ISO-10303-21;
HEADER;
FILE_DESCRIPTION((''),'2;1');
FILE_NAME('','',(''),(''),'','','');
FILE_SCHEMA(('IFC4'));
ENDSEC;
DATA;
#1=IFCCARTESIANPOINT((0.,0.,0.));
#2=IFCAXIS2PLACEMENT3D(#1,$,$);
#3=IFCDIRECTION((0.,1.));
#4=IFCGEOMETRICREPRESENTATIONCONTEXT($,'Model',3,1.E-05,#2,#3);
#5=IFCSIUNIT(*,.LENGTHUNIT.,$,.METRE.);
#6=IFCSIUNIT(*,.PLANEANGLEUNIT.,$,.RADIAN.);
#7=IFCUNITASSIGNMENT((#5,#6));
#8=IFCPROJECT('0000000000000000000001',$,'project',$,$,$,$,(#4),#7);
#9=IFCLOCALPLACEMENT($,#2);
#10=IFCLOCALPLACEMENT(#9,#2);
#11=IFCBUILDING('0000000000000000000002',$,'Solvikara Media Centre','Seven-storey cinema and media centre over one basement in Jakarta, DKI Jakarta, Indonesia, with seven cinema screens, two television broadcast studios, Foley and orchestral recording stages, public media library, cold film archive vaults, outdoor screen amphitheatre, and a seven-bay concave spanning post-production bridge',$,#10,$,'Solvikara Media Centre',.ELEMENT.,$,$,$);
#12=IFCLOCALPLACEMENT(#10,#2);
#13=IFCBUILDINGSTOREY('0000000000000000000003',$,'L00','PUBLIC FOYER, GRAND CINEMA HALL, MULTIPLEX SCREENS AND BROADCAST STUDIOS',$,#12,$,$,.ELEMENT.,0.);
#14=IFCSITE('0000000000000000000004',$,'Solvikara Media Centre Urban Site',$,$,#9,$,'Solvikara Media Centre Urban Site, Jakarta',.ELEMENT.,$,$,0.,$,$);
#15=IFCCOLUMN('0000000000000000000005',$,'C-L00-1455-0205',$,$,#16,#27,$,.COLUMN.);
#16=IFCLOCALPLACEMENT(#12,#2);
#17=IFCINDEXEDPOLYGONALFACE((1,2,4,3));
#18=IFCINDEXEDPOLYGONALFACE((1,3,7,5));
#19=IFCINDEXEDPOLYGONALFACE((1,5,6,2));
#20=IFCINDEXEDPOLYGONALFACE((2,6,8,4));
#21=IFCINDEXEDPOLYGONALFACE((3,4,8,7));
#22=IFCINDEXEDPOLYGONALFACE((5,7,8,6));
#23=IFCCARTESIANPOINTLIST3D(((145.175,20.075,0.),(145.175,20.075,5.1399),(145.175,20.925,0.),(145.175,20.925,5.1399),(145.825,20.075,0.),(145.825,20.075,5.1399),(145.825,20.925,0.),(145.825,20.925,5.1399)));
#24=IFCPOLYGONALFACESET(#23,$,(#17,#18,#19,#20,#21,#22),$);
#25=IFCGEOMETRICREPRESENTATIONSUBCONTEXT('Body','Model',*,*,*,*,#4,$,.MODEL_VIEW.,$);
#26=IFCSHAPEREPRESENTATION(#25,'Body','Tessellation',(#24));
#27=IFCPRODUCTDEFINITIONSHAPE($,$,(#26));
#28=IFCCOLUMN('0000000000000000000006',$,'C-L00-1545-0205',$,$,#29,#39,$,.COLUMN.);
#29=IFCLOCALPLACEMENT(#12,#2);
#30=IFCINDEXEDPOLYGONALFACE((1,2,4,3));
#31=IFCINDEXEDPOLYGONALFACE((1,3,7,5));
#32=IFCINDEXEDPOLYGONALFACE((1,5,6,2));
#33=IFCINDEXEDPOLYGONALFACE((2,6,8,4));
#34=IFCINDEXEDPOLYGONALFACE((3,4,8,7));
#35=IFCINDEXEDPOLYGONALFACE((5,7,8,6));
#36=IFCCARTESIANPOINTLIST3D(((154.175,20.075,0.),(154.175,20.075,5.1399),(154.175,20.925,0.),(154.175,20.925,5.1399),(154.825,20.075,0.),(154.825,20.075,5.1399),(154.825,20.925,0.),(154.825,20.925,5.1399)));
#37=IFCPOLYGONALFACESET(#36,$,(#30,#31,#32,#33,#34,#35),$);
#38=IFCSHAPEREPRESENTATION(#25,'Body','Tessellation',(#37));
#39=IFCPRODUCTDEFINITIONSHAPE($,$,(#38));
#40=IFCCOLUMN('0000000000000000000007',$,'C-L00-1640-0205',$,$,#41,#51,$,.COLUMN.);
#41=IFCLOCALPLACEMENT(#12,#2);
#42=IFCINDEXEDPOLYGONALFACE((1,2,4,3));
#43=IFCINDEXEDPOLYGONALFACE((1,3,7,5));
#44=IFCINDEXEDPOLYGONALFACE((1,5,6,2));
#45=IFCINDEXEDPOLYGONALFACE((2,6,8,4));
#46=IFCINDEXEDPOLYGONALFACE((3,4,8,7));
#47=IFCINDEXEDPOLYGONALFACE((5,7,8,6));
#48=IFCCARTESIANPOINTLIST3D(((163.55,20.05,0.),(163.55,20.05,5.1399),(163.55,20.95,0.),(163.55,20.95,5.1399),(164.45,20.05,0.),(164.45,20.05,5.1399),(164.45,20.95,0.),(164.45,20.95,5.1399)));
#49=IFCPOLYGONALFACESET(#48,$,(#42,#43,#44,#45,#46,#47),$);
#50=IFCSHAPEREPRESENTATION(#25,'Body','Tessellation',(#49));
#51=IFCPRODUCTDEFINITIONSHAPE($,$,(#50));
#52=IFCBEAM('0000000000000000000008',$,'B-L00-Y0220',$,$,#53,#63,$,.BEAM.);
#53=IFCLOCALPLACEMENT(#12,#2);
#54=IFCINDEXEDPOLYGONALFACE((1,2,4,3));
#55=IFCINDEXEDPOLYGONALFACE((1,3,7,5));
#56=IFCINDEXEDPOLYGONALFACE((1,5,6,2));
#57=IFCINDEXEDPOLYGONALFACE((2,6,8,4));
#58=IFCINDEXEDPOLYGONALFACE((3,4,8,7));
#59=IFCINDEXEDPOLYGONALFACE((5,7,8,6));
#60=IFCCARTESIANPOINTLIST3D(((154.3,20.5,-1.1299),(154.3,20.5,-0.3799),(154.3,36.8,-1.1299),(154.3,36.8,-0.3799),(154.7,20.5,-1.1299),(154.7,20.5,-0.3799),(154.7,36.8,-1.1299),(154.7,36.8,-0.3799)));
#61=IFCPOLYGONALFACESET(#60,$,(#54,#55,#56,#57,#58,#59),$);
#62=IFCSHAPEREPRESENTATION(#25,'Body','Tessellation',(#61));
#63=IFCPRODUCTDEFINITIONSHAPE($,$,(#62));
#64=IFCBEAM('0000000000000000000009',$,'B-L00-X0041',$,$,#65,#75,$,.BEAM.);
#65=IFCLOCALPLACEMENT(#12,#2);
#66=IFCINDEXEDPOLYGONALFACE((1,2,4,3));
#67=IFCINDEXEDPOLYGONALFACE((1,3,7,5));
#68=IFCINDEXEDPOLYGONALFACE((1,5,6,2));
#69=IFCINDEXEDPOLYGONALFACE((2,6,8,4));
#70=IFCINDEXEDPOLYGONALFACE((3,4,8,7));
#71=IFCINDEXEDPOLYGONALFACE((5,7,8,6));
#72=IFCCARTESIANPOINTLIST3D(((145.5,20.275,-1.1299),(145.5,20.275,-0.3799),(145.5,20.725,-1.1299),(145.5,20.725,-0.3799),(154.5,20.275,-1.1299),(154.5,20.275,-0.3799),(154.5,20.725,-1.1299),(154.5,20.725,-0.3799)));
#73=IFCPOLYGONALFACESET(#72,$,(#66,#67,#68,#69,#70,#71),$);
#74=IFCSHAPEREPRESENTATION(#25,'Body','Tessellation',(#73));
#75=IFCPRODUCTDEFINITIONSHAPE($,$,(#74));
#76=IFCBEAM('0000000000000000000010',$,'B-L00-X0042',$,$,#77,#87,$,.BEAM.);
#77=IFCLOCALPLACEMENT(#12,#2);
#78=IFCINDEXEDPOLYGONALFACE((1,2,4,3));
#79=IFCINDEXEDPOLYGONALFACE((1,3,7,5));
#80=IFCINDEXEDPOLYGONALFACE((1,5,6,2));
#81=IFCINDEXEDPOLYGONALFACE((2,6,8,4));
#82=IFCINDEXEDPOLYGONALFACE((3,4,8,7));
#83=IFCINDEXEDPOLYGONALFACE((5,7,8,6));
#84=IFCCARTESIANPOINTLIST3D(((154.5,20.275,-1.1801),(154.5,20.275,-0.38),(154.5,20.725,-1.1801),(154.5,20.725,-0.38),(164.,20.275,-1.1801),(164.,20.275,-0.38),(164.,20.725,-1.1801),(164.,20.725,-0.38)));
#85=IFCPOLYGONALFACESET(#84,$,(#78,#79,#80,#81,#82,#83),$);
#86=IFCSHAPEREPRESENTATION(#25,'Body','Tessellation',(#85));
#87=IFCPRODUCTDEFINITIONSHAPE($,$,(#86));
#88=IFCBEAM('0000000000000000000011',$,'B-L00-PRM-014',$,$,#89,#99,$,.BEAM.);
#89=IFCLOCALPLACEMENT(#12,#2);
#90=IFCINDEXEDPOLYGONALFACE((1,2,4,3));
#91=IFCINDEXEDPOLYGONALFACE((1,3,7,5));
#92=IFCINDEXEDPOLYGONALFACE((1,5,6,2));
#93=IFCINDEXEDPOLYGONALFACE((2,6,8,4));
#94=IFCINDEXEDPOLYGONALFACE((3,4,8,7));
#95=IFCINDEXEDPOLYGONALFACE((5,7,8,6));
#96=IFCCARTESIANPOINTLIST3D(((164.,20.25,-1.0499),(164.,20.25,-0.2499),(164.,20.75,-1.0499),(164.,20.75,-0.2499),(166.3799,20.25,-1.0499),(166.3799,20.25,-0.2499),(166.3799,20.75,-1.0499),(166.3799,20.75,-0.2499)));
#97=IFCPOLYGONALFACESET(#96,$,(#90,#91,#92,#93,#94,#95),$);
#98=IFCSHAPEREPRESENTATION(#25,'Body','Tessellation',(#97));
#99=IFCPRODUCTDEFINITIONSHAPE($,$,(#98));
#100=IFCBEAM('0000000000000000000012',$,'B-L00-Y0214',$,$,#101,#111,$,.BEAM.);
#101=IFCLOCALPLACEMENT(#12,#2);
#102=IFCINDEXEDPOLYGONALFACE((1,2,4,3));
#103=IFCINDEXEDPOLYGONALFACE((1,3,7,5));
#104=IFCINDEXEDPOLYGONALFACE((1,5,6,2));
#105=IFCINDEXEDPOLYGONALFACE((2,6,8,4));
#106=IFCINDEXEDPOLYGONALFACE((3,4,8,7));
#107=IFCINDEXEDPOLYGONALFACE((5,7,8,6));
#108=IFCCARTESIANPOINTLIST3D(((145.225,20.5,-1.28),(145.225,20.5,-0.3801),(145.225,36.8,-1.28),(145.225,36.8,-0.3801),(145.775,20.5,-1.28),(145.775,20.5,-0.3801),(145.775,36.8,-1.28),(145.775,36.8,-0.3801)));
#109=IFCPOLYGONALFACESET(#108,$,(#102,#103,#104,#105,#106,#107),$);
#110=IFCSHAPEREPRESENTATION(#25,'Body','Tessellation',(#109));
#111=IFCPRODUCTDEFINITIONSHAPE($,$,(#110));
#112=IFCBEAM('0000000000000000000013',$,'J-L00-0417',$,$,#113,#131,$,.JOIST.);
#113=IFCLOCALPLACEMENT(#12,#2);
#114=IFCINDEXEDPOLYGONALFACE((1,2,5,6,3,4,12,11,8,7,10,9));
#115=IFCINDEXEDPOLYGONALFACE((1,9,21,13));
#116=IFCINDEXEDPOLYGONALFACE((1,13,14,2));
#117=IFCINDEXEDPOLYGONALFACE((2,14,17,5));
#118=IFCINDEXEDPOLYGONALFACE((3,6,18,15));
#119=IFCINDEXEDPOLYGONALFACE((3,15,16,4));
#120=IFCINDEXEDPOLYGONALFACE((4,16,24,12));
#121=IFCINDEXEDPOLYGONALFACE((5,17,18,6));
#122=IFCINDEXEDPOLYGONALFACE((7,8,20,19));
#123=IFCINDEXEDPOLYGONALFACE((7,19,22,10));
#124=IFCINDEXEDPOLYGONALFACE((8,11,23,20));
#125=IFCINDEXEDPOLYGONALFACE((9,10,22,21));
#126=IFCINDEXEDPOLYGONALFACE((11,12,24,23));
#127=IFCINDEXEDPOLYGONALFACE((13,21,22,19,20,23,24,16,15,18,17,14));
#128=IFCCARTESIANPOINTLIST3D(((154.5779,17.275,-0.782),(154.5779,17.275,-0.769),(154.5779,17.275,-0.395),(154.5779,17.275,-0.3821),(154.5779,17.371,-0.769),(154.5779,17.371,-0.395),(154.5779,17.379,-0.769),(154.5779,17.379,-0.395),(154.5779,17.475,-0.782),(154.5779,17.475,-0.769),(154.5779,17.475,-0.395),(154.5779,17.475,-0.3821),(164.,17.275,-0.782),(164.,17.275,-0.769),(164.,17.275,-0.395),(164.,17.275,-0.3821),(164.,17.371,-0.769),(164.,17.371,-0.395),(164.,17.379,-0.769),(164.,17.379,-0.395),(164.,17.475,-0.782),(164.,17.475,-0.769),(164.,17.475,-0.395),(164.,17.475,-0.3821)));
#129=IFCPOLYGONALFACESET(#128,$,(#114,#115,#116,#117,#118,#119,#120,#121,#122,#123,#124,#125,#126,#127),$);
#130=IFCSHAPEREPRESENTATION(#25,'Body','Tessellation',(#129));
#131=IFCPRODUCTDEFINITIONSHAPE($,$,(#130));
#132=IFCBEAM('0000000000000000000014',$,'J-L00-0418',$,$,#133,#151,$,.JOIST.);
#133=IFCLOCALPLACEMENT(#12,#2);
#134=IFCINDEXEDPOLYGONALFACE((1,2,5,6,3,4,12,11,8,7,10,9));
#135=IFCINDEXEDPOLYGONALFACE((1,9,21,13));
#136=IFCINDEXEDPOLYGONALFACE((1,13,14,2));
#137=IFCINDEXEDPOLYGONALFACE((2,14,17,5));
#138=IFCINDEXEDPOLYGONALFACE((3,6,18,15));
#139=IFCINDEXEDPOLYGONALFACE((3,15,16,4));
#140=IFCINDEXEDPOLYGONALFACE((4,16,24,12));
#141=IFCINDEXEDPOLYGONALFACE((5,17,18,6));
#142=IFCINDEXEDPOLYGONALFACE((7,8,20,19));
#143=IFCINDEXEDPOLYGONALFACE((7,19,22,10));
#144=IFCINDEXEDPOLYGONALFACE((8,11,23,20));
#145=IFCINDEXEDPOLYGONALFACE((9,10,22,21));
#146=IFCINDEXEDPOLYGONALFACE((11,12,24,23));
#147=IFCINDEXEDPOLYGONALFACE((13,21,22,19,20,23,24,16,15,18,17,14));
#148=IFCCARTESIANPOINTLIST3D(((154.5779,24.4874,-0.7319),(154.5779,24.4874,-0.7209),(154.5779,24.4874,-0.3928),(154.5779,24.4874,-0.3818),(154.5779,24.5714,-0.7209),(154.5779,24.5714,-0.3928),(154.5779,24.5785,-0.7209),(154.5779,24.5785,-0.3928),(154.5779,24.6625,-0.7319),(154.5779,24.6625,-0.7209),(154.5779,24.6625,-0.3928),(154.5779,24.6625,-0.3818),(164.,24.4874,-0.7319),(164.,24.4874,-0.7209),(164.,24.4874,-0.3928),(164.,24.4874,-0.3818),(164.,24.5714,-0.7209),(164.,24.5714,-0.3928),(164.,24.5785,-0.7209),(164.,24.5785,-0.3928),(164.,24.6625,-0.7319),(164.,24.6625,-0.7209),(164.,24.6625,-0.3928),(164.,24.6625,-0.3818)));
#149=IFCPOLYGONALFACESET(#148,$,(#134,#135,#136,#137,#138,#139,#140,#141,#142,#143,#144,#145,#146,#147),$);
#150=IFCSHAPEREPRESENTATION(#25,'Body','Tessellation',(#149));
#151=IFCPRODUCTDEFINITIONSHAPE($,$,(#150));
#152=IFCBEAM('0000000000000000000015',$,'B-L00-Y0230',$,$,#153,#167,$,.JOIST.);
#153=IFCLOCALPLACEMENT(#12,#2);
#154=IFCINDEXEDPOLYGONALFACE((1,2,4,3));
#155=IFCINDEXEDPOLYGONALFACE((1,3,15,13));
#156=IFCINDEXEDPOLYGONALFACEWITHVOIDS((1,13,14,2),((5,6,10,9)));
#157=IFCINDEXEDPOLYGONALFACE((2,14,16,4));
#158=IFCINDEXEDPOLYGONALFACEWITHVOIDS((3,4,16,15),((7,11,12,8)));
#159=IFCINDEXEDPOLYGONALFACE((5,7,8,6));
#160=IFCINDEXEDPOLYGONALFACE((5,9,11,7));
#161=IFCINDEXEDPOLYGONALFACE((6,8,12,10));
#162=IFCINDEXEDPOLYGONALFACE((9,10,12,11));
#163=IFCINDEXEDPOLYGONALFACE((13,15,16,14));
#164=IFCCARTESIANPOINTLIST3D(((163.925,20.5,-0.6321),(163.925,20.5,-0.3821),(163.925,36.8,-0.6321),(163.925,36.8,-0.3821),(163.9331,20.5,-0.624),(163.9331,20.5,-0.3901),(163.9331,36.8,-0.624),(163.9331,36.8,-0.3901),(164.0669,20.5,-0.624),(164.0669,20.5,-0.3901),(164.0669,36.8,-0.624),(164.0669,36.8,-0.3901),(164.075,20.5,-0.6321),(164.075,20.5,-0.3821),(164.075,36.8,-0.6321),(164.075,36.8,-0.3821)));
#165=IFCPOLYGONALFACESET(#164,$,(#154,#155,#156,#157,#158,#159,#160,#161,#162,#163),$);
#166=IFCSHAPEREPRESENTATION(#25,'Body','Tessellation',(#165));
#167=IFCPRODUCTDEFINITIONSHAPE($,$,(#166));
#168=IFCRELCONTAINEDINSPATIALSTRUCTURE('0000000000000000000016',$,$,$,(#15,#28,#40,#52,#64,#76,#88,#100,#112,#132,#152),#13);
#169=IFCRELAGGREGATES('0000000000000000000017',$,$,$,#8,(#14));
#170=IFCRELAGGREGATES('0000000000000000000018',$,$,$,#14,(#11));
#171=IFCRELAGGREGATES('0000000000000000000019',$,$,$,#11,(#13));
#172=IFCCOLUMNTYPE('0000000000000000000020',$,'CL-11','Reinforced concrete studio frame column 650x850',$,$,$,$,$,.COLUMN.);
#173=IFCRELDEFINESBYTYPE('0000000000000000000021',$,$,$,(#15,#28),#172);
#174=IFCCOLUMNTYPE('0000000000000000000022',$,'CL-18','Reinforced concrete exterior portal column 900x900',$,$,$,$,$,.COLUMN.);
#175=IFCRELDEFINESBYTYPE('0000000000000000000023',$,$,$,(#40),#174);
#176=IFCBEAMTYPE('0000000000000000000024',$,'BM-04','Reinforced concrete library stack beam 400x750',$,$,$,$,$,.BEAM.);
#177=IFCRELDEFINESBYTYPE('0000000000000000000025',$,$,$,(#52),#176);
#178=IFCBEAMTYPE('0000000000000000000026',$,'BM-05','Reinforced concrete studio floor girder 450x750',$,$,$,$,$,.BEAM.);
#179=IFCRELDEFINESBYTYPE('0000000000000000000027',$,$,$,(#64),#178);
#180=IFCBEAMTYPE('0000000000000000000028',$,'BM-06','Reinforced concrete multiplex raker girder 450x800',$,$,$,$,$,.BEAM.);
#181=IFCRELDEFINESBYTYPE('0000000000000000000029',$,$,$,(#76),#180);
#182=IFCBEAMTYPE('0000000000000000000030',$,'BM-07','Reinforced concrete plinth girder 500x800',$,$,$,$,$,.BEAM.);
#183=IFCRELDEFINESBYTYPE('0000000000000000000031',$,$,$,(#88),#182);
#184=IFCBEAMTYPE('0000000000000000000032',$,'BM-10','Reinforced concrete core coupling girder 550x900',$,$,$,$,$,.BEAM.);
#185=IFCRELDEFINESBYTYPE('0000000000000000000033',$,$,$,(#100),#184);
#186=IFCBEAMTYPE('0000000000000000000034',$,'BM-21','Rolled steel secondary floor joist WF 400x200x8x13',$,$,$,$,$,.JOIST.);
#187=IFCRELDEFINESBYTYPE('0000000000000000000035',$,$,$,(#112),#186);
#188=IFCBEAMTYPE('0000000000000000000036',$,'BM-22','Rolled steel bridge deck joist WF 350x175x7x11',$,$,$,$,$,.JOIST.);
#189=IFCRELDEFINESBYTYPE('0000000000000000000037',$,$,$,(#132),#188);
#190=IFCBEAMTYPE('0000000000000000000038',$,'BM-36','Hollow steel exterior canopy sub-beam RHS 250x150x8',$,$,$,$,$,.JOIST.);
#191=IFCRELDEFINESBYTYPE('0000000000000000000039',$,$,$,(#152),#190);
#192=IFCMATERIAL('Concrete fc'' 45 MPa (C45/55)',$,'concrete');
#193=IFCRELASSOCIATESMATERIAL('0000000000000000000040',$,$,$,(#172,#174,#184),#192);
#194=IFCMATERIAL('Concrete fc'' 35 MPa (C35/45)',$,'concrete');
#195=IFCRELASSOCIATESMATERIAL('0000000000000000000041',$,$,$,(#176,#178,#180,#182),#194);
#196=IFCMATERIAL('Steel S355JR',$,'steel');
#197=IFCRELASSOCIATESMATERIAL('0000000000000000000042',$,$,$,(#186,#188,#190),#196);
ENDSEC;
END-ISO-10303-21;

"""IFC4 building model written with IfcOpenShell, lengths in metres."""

from ifc_helpers import new_model, si_unit, direction, frame, origin, origin_2d, place, context, subcontext, project, spatial, rectangle, hollow_rectangle, i_section, extrude, material, material_profile, profile_set, type_object, element, save


model = new_model("IFC4")

# Units and contexts
model_context = context("Model", 3, precision=1e-05, world=origin(), true_north=direction((0.0, 1.0)))
body_context = subcontext(model_context, "Body", "Model", "MODEL_VIEW")
ifc_project = project(units=[si_unit("LENGTHUNIT", "METRE"), si_unit("PLANEANGLEUNIT", "RADIAN")], contexts=[model_context])

# Site, building, storey
site_placement = place(None, origin())
site = spatial("IfcSite", under=ifc_project, at=site_placement, Name="Solvikara Media Centre Urban Site", LongName="Solvikara Media Centre Urban Site, Jakarta", CompositionType="ELEMENT", RefElevation=0.0)
building_placement = place(site_placement, origin())
building = spatial("IfcBuilding", under=site, at=building_placement, Name="Solvikara Media Centre", Description="Seven-storey cinema and media centre over one basement in Jakarta, DKI Jakarta, Indonesia, with seven cinema screens, two television broadcast studios, Foley and orchestral recording stages, public media library, cold film archive vaults, outdoor screen amphitheatre, and a seven-bay concave spanning post-production bridge", LongName="Solvikara Media Centre", CompositionType="ELEMENT")
storey_placement = place(building_placement, origin())
storey = spatial("IfcBuildingStorey", under=building, at=storey_placement, Name="L00", Description="PUBLIC FOYER, GRAND CINEMA HALL, MULTIPLEX SCREENS AND BROADCAST STUDIOS", CompositionType="ELEMENT", Elevation=0.0)

# Columns
ifc_material_1 = material(Name="Concrete fc' 45 MPa (C45/55)", Category="concrete")
ifc_material_profile_1 = material_profile(ifc_material_1, rectangle(XDim=0.6499, YDim=0.8501, at=origin_2d()), Name="RC 650x850")
ifc_profile_set_1 = profile_set([ifc_material_profile_1], Name="Concrete fc' 45 MPa (C45/55)")
column_type_1 = type_object("IfcColumnType", Name="CL-11", Description="Reinforced concrete studio frame column 650x850", PredefinedType="COLUMN", material=ifc_profile_set_1)
for number, where, z_axis, x_axis, name in (
    (1, (145.5, 20.5, 0.0), (0.0, 0.0, 1.0), (1.0, 0.0, 0.0), "C-L00-1455-0205"),
    (2, (154.5, 20.5, 0.0), (0.0, 0.0, 1.0), (1.0, 0.0, 0.0), "C-L00-1545-0205"),
):
    element("IfcColumn", number, at=place(storey_placement, frame(where, z_axis=z_axis, x_axis=x_axis)), inside=storey, type_object=column_type_1, Name=name, PredefinedType="COLUMN", context=body_context, shape_type="SweptSolid", body=[
        extrude(rectangle(XDim=0.6499, YDim=0.8501, at=origin_2d()), origin(), (0.0, 0.0, 1.0), 5.1399),
    ])
ifc_material_profile_2 = material_profile(ifc_material_1, rectangle(XDim=0.8999, YDim=0.8999, at=origin_2d()), Name="RC 900x900")
ifc_profile_set_2 = profile_set([ifc_material_profile_2], Name="Concrete fc' 45 MPa (C45/55)")
column_type_2 = type_object("IfcColumnType", Name="CL-18", Description="Reinforced concrete exterior portal column 900x900", PredefinedType="COLUMN", material=ifc_profile_set_2)
column_placement = place(storey_placement, frame((164.0, 20.5, 0.0), z_axis=(0.0, 0.0, 1.0), x_axis=(1.0, 0.0, 0.0)))
element("IfcColumn", 3, at=column_placement, inside=storey, type_object=column_type_2, Name="C-L00-1640-0205", PredefinedType="COLUMN", context=body_context, shape_type="SweptSolid", body=[
    extrude(rectangle(XDim=0.8999, YDim=0.8999, at=origin_2d()), origin(), (0.0, 0.0, 1.0), 5.1399),
])

# Beams
ifc_material_2 = material(Name="Concrete fc' 35 MPa (C35/45)", Category="concrete")
ifc_material_profile_3 = material_profile(ifc_material_2, rectangle(XDim=0.3999, YDim=0.75, at=origin_2d()), Name="RC 400x750")
ifc_profile_set_3 = profile_set([ifc_material_profile_3], Name="Concrete fc' 35 MPa (C35/45)")
beam_type_1 = type_object("IfcBeamType", Name="BM-04", Description="Reinforced concrete library stack beam 400x750", PredefinedType="BEAM", material=ifc_profile_set_3)
beam_1_placement = place(storey_placement, frame((154.5, 20.5, -0.7549), z_axis=(0.0, 1.0, 0.0), x_axis=(-1.0, 0.0, 0.0)))
element("IfcBeam", 4, at=beam_1_placement, inside=storey, type_object=beam_type_1, Name="B-L00-Y0220", PredefinedType="BEAM", context=body_context, shape_type="SweptSolid", body=[
    extrude(rectangle(XDim=0.3999, YDim=0.75, at=origin_2d()), origin(), (0.0, 0.0, 1.0), 16.3),
])
ifc_material_profile_4 = material_profile(ifc_material_2, rectangle(XDim=0.45, YDim=0.75, at=origin_2d()), Name="RC 450x750")
ifc_profile_set_4 = profile_set([ifc_material_profile_4], Name="Concrete fc' 35 MPa (C35/45)")
beam_type_2 = type_object("IfcBeamType", Name="BM-05", Description="Reinforced concrete studio floor girder 450x750", PredefinedType="BEAM", material=ifc_profile_set_4)
beam_2_placement = place(storey_placement, frame((145.5, 20.5, -0.7549), z_axis=(1.0, 0.0, 0.0), x_axis=(0.0, 1.0, 0.0)))
element("IfcBeam", 5, at=beam_2_placement, inside=storey, type_object=beam_type_2, Name="B-L00-X0041", PredefinedType="BEAM", context=body_context, shape_type="SweptSolid", body=[
    extrude(rectangle(XDim=0.45, YDim=0.75, at=origin_2d()), origin(), (0.0, 0.0, 1.0), 9.0),
])
ifc_material_profile_5 = material_profile(ifc_material_2, rectangle(XDim=0.45, YDim=0.8, at=origin_2d()), Name="RC 450x800")
ifc_profile_set_5 = profile_set([ifc_material_profile_5], Name="Concrete fc' 35 MPa (C35/45)")
beam_type_3 = type_object("IfcBeamType", Name="BM-06", Description="Reinforced concrete multiplex raker girder 450x800", PredefinedType="BEAM", material=ifc_profile_set_5)
beam_3_placement = place(storey_placement, frame((154.5, 20.5, -0.78), z_axis=(1.0, 0.0, 0.0), x_axis=(0.0, 1.0, 0.0)))
element("IfcBeam", 6, at=beam_3_placement, inside=storey, type_object=beam_type_3, Name="B-L00-X0042", PredefinedType="BEAM", context=body_context, shape_type="SweptSolid", body=[
    extrude(rectangle(XDim=0.45, YDim=0.8, at=origin_2d()), origin(), (0.0, 0.0, 1.0), 9.5),
])
ifc_material_profile_6 = material_profile(ifc_material_2, rectangle(XDim=0.5, YDim=0.8, at=origin_2d()), Name="RC 500x800")
ifc_profile_set_6 = profile_set([ifc_material_profile_6], Name="Concrete fc' 35 MPa (C35/45)")
beam_type_4 = type_object("IfcBeamType", Name="BM-07", Description="Reinforced concrete plinth girder 500x800", PredefinedType="BEAM", material=ifc_profile_set_6)
beam_4_placement = place(storey_placement, frame((164.0, 20.5, -0.6499), z_axis=(1.0, 0.0, 0.0), x_axis=(0.0, 1.0, 0.0)))
element("IfcBeam", 7, at=beam_4_placement, inside=storey, type_object=beam_type_4, Name="B-L00-PRM-014", PredefinedType="BEAM", context=body_context, shape_type="SweptSolid", body=[
    extrude(rectangle(XDim=0.5, YDim=0.8, at=origin_2d()), origin(), (0.0, 0.0, 1.0), 2.3799),
])
ifc_material_profile_7 = material_profile(ifc_material_1, rectangle(XDim=0.55, YDim=0.8999, at=origin_2d()), Name="RC 550x900")
ifc_profile_set_7 = profile_set([ifc_material_profile_7], Name="Concrete fc' 45 MPa (C45/55)")
beam_type_5 = type_object("IfcBeamType", Name="BM-10", Description="Reinforced concrete core coupling girder 550x900", PredefinedType="BEAM", material=ifc_profile_set_7)
beam_5_placement = place(storey_placement, frame((145.5, 20.5, -0.8301), z_axis=(0.0, 1.0, 0.0), x_axis=(-1.0, 0.0, 0.0)))
element("IfcBeam", 8, at=beam_5_placement, inside=storey, type_object=beam_type_5, Name="B-L00-Y0214", PredefinedType="BEAM", context=body_context, shape_type="SweptSolid", body=[
    extrude(rectangle(XDim=0.55, YDim=0.8999, at=origin_2d()), origin(), (0.0, 0.0, 1.0), 16.3),
])
ifc_material_3 = material(Name="Steel S355JR", Category="steel")
ifc_material_profile_8 = material_profile(ifc_material_3, i_section(OverallWidth=0.2, OverallDepth=0.3999, WebThickness=0.0081, FlangeThickness=0.0129, at=origin_2d()), Name="WF 400x200x8x13")
ifc_profile_set_8 = profile_set([ifc_material_profile_8], Name="Steel S355JR")
beam_type_6 = type_object("IfcBeamType", Name="BM-21", Description="Rolled steel secondary floor joist WF 400x200x8x13", PredefinedType="JOIST", material=ifc_profile_set_8)
beam_6_placement = place(storey_placement, frame((154.5779, 17.375, -0.582), z_axis=(1.0, 0.0, 0.0), x_axis=(0.0, 1.0, 0.0)))
element("IfcBeam", 9, at=beam_6_placement, inside=storey, type_object=beam_type_6, Name="J-L00-0417", PredefinedType="JOIST", context=body_context, shape_type="SweptSolid", body=[
    extrude(i_section(OverallWidth=0.2, OverallDepth=0.3999, WebThickness=0.0081, FlangeThickness=0.0129, at=origin_2d()), origin(), (0.0, 0.0, 1.0), 9.4221),
])
ifc_material_profile_9 = material_profile(ifc_material_3, i_section(OverallWidth=0.175, OverallDepth=0.3501, WebThickness=0.0071, FlangeThickness=0.011, at=origin_2d()), Name="WF 350x175x7x11")
ifc_profile_set_9 = profile_set([ifc_material_profile_9], Name="Steel S355JR")
beam_type_7 = type_object("IfcBeamType", Name="BM-22", Description="Rolled steel bridge deck joist WF 350x175x7x11", PredefinedType="JOIST", material=ifc_profile_set_9)
beam_7_placement = place(storey_placement, frame((154.5779, 24.575, -0.5569), z_axis=(1.0, 0.0, 0.0), x_axis=(0.0, 1.0, 0.0)))
element("IfcBeam", 10, at=beam_7_placement, inside=storey, type_object=beam_type_7, Name="J-L00-0418", PredefinedType="JOIST", context=body_context, shape_type="SweptSolid", body=[
    extrude(i_section(OverallWidth=0.175, OverallDepth=0.3501, WebThickness=0.0071, FlangeThickness=0.011, at=origin_2d()), origin(), (0.0, 0.0, 1.0), 9.4221),
])
ifc_material_profile_10 = material_profile(ifc_material_3, hollow_rectangle(XDim=0.1499, YDim=0.25, WallThickness=0.0081, at=origin_2d()), Name="RHS 250x150x8")
ifc_profile_set_10 = profile_set([ifc_material_profile_10], Name="Steel S355JR")
beam_type_8 = type_object("IfcBeamType", Name="BM-36", Description="Hollow steel exterior canopy sub-beam RHS 250x150x8", PredefinedType="JOIST", material=ifc_profile_set_10)
beam_8_placement = place(storey_placement, frame((164.0, 20.5, -0.5071), z_axis=(0.0, 1.0, 0.0), x_axis=(-1.0, 0.0, 0.0)))
element("IfcBeam", 11, at=beam_8_placement, inside=storey, type_object=beam_type_8, Name="B-L00-Y0230", PredefinedType="JOIST", context=body_context, shape_type="SweptSolid", body=[
    extrude(hollow_rectangle(XDim=0.1499, YDim=0.25, WallThickness=0.0081, at=origin_2d()), origin(), (0.0, 0.0, 1.0), 16.3),
])

save(model, "model.ifc")
